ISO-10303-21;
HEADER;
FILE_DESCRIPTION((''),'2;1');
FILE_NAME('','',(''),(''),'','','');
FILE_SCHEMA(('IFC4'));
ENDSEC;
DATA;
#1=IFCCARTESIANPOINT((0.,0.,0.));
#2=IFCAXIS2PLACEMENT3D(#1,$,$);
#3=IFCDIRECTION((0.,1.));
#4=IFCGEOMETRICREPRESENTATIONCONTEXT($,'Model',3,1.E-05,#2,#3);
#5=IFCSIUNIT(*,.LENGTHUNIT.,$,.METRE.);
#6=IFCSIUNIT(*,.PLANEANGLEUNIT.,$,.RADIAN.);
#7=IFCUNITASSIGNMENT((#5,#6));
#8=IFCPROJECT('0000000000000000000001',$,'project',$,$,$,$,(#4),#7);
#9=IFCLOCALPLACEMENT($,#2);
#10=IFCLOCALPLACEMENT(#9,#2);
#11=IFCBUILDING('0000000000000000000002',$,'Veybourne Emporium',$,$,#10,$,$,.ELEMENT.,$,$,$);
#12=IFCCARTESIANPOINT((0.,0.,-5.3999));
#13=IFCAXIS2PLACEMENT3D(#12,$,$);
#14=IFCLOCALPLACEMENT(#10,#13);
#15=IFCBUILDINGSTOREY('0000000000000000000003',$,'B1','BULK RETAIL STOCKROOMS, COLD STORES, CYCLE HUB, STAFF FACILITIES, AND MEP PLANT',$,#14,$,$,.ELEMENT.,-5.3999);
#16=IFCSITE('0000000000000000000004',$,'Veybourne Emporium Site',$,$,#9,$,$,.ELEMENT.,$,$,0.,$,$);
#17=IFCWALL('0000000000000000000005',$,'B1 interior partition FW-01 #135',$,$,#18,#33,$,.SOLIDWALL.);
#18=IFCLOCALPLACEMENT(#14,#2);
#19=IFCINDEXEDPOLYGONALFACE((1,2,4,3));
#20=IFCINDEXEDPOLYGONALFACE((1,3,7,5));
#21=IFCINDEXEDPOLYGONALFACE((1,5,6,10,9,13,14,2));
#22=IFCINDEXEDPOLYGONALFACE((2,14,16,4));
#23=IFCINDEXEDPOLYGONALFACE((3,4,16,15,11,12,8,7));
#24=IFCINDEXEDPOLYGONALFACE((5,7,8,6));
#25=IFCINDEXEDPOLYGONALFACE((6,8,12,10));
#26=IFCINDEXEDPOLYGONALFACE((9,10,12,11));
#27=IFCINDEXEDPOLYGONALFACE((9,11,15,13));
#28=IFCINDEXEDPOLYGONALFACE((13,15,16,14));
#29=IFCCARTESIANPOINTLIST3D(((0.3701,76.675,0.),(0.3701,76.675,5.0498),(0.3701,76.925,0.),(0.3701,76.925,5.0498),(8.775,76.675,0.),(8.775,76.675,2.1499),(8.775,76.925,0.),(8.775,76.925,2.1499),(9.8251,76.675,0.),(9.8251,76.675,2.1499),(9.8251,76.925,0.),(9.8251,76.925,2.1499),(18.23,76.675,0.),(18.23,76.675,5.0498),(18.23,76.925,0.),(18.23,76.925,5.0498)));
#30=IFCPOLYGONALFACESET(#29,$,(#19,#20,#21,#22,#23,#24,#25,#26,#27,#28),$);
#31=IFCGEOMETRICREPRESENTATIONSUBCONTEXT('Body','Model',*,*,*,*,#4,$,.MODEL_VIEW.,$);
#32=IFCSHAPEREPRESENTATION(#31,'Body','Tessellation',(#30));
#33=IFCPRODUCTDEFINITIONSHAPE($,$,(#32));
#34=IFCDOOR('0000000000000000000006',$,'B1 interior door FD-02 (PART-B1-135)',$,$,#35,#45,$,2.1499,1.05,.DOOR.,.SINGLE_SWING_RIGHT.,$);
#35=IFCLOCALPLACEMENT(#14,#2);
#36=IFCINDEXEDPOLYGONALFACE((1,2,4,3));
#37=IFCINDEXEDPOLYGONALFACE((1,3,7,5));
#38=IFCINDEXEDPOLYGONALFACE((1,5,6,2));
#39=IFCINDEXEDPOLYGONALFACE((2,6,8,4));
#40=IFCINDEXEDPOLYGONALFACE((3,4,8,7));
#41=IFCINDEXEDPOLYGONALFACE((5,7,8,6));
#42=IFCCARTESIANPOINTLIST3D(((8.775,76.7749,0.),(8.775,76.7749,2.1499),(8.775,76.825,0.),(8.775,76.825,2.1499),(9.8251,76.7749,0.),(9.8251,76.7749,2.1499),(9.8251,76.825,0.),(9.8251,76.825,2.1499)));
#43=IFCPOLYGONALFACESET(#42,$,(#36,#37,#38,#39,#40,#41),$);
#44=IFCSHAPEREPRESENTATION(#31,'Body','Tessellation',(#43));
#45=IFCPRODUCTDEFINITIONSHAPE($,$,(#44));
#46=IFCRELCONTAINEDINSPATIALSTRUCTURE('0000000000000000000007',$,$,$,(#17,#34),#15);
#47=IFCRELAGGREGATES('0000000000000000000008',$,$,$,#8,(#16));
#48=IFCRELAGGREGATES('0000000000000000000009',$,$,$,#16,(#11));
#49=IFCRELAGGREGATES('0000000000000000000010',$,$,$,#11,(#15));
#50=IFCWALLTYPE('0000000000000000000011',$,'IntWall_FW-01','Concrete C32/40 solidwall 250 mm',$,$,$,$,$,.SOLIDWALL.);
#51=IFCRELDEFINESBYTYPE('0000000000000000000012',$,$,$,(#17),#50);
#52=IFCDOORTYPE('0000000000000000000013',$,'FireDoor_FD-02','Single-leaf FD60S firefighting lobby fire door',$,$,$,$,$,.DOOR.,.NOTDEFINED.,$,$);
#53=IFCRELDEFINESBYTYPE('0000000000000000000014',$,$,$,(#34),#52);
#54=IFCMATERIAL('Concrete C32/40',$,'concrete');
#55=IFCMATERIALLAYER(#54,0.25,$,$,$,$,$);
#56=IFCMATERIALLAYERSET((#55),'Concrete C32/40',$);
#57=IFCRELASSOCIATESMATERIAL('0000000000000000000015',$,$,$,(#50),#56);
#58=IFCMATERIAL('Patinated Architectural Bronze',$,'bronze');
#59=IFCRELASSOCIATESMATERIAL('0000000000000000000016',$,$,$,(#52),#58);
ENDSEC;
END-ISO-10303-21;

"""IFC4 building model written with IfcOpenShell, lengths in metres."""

from ifc_helpers import new_model, si_unit, direction, frame, frame_2d, origin, place, context, subcontext, project, spatial, rectangle, extrude, material, layer, layer_set, type_object, element, fill, save


model = new_model("IFC4")

# Units and contexts
model_context = context("Model", 3, precision=1e-05, world=origin(), true_north=direction((0.0, 1.0)))
body_context = subcontext(model_context, "Body", "Model", "MODEL_VIEW")
ifc_project = project(units=[si_unit("LENGTHUNIT", "METRE"), si_unit("PLANEANGLEUNIT", "RADIAN")], contexts=[model_context])

# Site, building, storey
site_placement = place(None, origin())
site = spatial("IfcSite", under=ifc_project, at=site_placement, Name="Veybourne Emporium Site", CompositionType="ELEMENT", RefElevation=0.0)
building_placement = place(site_placement, origin())
building = spatial("IfcBuilding", under=site, at=building_placement, Name="Veybourne Emporium", CompositionType="ELEMENT")
storey_placement = place(building_placement, frame((0.0, 0.0, -5.3999)))
storey = spatial("IfcBuildingStorey", under=building, at=storey_placement, Name="B1", Description="BULK RETAIL STOCKROOMS, COLD STORES, CYCLE HUB, STAFF FACILITIES, AND MEP PLANT", CompositionType="ELEMENT", Elevation=-5.3999)

# Shared definitions
ifc_material_1 = material(Name="Concrete C32/40", Category="concrete")

# Wall, opening, door
ifc_layer_1 = layer(ifc_material_1, 0.25)
ifc_layer_set_1 = layer_set([ifc_layer_1], Name="Concrete C32/40")
wall_type_1 = type_object("IfcWallType", Name="IntWall_FW-01", Description="Concrete C32/40 solidwall 250 mm", PredefinedType="SOLIDWALL", material=ifc_layer_set_1)
wall_1_placement = place(storey_placement, frame((0.3701, 76.8, 0.0), z_axis=(0.0, 0.0, 1.0), x_axis=(1.0, 0.0, 0.0)))
wall_1 = element("IfcWall", 1, at=wall_1_placement, inside=storey, type_object=wall_type_1, Name="B1 interior partition FW-01 #135", PredefinedType="SOLIDWALL", context=body_context, shape_type="SweptSolid", body=[
    extrude(rectangle(XDim=17.8599, YDim=0.25, at=frame_2d((8.9299, 0.0))), origin(), (0.0, 0.0, 1.0), 5.0498),
])
opening_placement = place(wall_1_placement, frame((8.405, 0.0, 0.0)))
opening = element("IfcOpeningElement", 2, at=opening_placement, cuts=wall_1, PredefinedType="OPENING", context=body_context, shape_type="SweptSolid", body=[
    extrude(rectangle(XDim=1.05, YDim=2.1499, at=frame_2d((0.5249, 1.075))), frame((0.0, 0.145, 0.0), z_axis=(0.0, -1.0, 0.0), x_axis=(1.0, 0.0, 0.0)), (0.0, 0.0, 1.0), 0.29),
])
ifc_material_2 = material(Name="Patinated Architectural Bronze", Category="bronze")
door_type = type_object("IfcDoorType", Name="FireDoor_FD-02", Description="Single-leaf FD60S firefighting lobby fire door", OperationType="NOTDEFINED", PredefinedType="DOOR", material=ifc_material_2)
door_placement = place(opening_placement, origin())
door = element("IfcDoor", 3, at=door_placement, inside=storey, type_object=door_type, Name="B1 interior door FD-02 (PART-B1-135)", OperationType="SINGLE_SWING_RIGHT", OverallHeight=2.1499, OverallWidth=1.05, PredefinedType="DOOR", context=body_context, shape_type="SweptSolid", body=[
    extrude(rectangle(XDim=1.05, YDim=2.1499, at=frame_2d((0.5249, 1.075))), frame((0.0, 0.0249, 0.0), z_axis=(0.0, -1.0, 0.0), x_axis=(1.0, 0.0, 0.0)), (0.0, 0.0, 1.0), 0.05),
])
fill(opening, door)

save(model, "model.ifc")
